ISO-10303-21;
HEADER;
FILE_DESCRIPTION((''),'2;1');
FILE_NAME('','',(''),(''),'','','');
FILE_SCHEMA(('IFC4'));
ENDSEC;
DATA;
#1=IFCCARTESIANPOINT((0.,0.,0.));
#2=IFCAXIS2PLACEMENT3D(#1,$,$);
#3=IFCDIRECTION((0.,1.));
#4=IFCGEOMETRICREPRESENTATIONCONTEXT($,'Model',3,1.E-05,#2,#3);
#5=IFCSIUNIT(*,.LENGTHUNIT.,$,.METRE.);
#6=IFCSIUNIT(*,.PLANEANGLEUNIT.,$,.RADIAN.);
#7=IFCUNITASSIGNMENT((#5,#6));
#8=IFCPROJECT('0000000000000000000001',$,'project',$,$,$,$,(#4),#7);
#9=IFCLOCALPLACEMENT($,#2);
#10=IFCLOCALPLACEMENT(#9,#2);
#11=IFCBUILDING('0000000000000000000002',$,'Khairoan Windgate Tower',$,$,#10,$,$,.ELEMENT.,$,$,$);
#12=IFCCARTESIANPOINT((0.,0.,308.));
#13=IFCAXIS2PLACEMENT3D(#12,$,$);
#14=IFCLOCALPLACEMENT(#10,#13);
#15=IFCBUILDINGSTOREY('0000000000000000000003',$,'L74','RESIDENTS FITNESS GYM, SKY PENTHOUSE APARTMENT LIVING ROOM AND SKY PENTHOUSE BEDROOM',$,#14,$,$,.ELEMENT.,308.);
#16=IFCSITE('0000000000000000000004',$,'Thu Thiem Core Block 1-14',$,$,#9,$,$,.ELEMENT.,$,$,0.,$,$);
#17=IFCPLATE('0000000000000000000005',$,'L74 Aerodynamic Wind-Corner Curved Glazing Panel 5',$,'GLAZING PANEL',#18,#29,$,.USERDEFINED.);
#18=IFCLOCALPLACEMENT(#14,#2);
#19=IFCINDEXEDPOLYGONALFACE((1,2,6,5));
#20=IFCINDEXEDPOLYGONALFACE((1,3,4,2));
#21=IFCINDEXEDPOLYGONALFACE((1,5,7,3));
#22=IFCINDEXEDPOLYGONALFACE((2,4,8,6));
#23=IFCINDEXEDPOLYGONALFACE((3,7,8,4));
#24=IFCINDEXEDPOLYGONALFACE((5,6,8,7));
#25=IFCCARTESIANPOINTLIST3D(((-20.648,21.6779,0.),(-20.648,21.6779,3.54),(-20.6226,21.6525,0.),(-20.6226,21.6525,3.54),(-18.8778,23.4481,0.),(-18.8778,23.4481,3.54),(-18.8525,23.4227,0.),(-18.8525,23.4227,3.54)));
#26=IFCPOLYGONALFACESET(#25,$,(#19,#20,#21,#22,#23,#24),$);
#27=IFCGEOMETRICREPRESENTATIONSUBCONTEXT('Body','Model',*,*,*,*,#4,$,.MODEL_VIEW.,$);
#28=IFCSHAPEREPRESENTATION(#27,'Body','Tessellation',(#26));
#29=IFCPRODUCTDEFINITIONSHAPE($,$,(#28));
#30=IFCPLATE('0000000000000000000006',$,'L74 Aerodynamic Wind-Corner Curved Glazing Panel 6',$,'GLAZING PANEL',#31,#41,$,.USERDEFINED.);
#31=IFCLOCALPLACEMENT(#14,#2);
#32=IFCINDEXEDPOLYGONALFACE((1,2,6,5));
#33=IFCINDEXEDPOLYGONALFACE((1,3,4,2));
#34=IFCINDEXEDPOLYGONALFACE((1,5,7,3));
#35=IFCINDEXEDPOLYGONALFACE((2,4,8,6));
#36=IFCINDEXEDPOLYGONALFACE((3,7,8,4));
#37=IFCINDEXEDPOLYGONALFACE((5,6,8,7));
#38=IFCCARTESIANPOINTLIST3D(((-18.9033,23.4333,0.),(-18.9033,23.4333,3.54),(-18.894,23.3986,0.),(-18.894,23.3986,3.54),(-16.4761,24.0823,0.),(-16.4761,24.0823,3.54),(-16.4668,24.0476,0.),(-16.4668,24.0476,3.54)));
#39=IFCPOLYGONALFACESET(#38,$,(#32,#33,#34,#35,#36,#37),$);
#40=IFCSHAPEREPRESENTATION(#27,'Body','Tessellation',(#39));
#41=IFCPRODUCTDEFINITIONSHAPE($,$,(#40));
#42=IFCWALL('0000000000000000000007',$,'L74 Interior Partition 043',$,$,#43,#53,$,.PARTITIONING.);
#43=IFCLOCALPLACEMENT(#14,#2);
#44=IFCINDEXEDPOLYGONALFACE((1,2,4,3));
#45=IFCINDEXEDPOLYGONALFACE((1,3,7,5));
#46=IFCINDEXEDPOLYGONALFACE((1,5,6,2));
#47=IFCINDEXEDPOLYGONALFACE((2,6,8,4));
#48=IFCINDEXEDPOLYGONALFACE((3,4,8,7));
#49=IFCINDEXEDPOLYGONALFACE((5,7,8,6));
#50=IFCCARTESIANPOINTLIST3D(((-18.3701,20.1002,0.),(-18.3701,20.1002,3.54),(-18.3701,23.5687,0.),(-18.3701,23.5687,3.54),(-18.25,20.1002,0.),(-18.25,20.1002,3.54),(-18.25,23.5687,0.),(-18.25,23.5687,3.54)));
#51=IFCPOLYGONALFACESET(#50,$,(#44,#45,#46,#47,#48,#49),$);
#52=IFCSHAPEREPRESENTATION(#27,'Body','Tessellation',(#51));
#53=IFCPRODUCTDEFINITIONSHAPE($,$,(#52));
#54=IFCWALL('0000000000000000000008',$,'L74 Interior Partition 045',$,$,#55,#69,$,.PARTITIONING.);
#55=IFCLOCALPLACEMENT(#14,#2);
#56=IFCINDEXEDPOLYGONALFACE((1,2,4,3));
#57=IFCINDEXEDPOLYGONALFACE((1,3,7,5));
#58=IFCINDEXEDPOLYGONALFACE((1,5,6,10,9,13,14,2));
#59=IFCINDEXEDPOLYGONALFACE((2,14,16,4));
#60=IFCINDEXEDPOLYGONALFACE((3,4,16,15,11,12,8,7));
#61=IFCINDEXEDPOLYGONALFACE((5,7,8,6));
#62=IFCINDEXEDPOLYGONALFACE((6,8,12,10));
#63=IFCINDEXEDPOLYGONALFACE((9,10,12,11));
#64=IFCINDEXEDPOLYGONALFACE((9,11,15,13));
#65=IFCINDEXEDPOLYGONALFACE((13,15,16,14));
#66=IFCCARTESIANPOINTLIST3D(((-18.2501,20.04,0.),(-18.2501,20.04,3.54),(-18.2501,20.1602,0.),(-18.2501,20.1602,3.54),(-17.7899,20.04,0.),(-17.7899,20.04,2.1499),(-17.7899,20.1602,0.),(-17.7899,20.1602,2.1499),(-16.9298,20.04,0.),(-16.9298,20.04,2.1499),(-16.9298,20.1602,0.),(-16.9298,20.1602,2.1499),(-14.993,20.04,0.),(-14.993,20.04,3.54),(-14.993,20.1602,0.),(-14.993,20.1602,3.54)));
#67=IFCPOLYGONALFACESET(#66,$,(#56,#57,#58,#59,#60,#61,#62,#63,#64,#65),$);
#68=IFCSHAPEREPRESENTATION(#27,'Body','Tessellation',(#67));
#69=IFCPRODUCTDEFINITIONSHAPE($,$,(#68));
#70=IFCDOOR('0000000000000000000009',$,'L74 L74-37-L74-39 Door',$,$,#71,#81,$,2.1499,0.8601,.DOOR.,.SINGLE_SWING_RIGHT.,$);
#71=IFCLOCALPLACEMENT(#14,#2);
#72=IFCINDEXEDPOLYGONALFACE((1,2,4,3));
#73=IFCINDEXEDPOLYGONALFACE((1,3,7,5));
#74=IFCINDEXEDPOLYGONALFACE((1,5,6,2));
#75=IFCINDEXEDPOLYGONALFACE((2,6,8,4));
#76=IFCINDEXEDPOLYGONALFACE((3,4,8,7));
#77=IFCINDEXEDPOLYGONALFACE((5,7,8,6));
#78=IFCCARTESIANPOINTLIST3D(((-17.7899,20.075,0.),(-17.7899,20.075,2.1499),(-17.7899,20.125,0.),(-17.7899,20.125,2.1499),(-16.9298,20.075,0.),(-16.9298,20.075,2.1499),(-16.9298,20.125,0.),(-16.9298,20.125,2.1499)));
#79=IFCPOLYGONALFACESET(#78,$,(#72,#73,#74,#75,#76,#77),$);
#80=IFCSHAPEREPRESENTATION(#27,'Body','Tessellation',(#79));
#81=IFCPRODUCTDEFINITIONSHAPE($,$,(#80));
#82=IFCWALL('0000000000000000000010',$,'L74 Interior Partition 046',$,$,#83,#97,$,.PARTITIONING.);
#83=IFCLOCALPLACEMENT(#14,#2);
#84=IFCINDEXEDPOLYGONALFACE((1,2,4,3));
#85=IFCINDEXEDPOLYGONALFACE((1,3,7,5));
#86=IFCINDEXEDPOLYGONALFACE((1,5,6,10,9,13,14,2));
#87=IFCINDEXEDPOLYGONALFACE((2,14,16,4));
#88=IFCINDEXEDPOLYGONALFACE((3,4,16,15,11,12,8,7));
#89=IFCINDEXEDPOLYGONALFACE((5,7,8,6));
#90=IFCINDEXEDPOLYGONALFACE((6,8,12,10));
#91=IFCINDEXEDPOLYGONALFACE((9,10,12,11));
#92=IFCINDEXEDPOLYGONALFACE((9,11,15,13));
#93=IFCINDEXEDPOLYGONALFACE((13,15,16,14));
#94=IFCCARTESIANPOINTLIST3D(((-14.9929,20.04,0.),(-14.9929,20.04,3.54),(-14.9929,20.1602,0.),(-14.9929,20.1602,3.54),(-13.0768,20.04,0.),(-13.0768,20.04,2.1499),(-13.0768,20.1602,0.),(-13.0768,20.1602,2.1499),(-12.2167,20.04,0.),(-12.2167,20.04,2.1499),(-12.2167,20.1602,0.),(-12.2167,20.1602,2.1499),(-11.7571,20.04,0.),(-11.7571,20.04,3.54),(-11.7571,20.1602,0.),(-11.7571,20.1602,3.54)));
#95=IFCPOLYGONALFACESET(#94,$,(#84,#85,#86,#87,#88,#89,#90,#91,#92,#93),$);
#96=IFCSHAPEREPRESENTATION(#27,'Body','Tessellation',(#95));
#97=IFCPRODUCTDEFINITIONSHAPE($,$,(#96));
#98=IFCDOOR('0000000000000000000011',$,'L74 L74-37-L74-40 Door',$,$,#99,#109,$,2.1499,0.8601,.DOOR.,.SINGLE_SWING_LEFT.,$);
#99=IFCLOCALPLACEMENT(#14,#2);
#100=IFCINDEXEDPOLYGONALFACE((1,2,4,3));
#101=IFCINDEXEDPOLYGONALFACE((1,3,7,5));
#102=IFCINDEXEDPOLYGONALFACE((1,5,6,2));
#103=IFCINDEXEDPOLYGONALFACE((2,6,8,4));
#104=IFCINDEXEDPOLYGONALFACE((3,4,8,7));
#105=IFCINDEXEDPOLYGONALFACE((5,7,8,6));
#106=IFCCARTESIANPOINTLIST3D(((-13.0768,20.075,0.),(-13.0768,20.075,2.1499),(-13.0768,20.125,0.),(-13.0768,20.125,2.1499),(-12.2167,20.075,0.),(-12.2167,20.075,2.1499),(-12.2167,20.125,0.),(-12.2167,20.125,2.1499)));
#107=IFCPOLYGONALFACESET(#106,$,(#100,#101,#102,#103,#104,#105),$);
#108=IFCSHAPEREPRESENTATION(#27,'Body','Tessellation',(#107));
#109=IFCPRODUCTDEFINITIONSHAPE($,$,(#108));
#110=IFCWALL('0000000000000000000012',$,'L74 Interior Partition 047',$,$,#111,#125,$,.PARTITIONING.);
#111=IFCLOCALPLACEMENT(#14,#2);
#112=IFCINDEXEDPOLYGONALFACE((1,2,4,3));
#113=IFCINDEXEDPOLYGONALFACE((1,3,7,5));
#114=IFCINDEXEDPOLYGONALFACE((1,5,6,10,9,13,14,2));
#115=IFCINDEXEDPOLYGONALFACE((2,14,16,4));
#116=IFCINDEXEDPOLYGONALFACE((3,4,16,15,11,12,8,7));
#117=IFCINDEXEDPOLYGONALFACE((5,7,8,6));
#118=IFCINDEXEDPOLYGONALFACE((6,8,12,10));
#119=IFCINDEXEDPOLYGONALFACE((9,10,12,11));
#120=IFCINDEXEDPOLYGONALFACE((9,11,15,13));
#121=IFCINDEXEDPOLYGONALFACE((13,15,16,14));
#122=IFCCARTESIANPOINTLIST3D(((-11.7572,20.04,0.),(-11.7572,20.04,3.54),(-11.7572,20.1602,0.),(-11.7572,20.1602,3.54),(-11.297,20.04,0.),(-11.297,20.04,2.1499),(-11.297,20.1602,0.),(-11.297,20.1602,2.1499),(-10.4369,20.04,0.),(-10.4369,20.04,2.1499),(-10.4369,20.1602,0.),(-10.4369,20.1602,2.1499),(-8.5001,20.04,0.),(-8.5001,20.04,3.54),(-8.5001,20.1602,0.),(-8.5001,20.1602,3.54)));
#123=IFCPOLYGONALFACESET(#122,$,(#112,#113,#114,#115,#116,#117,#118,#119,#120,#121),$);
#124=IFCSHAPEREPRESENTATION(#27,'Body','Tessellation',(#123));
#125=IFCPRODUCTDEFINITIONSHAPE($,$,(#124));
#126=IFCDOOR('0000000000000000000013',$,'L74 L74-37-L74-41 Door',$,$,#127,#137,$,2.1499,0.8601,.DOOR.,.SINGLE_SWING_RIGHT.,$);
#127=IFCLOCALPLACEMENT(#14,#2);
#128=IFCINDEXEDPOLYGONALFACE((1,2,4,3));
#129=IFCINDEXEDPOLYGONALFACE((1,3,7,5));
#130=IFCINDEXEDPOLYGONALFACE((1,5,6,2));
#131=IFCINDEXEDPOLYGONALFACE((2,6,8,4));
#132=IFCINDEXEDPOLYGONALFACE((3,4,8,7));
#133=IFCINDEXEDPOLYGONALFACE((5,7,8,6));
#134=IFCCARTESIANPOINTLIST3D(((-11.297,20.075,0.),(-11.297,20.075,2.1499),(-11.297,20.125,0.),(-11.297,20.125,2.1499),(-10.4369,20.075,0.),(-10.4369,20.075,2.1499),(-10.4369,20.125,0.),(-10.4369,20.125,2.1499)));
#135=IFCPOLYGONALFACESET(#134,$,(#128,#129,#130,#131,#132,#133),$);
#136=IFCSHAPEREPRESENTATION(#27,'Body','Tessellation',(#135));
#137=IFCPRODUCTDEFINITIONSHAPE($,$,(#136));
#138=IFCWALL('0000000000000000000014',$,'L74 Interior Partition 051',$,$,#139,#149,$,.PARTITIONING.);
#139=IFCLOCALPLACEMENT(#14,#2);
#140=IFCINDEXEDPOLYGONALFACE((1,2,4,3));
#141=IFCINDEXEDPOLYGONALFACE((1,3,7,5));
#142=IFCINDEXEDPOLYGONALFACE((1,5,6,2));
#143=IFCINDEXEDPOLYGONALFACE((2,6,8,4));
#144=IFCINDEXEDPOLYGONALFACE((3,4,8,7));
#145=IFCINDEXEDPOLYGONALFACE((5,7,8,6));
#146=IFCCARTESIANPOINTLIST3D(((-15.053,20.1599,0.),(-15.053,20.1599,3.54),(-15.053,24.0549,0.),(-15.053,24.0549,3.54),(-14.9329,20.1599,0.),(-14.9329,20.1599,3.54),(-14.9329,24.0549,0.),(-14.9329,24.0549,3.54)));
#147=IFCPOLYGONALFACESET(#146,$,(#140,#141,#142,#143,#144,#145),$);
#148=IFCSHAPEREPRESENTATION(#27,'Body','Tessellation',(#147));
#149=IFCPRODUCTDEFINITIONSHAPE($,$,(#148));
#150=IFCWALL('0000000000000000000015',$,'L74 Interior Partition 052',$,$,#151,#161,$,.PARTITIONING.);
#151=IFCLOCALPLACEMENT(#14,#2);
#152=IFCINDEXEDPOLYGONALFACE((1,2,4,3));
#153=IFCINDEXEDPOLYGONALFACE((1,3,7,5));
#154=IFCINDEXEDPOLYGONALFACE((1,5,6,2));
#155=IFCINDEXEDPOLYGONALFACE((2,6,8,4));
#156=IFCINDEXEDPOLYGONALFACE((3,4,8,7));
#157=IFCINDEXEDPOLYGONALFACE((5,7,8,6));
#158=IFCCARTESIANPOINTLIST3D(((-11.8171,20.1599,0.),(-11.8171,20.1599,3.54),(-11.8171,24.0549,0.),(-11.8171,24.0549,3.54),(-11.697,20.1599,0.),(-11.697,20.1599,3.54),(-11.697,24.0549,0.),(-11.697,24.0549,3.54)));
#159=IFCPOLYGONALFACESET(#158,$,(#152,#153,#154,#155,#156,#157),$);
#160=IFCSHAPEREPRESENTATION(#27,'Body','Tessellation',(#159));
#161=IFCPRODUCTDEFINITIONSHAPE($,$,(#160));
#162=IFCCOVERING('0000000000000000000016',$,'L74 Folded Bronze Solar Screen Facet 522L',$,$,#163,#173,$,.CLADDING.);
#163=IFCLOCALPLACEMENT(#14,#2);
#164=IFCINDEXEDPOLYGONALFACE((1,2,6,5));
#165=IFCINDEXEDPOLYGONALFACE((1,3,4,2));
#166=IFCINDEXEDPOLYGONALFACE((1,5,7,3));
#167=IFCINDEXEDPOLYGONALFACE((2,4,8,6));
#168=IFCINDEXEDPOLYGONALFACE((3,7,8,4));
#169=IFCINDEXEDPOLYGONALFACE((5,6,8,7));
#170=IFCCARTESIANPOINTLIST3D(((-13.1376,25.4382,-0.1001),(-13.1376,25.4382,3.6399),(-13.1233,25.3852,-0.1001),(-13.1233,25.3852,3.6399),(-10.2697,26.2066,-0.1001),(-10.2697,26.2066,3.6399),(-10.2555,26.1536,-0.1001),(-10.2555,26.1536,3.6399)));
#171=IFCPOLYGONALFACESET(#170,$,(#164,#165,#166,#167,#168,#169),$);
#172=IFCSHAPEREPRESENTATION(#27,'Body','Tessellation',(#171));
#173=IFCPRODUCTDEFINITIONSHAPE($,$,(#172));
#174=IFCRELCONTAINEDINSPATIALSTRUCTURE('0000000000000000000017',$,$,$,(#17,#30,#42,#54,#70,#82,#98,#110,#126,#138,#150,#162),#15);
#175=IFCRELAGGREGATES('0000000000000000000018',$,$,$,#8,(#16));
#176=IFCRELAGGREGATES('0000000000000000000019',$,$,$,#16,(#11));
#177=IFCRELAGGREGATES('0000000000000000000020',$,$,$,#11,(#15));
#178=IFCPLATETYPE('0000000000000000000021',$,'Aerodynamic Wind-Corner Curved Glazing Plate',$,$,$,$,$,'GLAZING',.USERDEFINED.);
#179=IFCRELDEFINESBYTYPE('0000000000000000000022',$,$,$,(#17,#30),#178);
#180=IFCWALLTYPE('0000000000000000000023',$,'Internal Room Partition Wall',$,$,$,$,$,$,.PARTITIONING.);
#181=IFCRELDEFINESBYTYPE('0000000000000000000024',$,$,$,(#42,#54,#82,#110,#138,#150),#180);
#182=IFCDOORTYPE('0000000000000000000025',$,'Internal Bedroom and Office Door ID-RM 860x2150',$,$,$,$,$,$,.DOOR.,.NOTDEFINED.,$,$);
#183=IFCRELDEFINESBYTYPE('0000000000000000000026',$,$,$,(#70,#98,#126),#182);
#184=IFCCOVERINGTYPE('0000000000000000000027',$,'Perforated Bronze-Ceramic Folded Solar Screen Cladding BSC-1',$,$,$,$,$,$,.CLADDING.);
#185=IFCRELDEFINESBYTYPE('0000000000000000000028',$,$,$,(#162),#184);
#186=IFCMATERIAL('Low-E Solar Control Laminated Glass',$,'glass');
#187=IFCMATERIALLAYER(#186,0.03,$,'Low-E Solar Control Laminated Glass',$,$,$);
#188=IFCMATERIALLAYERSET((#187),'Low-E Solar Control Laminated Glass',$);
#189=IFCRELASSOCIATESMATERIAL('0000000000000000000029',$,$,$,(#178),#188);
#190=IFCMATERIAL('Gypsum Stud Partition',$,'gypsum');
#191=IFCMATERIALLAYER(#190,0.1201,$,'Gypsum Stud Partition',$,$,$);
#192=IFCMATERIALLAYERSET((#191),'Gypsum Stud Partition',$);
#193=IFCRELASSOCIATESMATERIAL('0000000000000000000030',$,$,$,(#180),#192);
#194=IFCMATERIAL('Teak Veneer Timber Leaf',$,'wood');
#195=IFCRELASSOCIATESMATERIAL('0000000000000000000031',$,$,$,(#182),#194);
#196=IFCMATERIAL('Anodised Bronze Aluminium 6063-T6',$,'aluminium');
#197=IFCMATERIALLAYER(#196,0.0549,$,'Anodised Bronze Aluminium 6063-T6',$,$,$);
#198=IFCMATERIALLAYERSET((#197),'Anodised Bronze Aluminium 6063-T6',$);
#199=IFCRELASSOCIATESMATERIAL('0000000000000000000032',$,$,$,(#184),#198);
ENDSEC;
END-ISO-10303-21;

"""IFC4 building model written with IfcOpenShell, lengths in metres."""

from ifc_helpers import new_model, si_unit, direction, frame, frame_2d, origin, origin_2d, place, context, subcontext, project, spatial, rectangle, extrude, material, layer, layer_set, type_object, element, fill, save


model = new_model("IFC4")

# Units and contexts
model_context = context("Model", 3, precision=1e-05, world=origin(), true_north=direction((0.0, 1.0)))
body_context = subcontext(model_context, "Body", "Model", "MODEL_VIEW")
ifc_project = project(units=[si_unit("LENGTHUNIT", "METRE"), si_unit("PLANEANGLEUNIT", "RADIAN")], contexts=[model_context])

# Site, building, storey
site_placement = place(None, origin())
site = spatial("IfcSite", under=ifc_project, at=site_placement, Name="Thu Thiem Core Block 1-14", CompositionType="ELEMENT", RefElevation=0.0)
building_placement = place(site_placement, origin())
building = spatial("IfcBuilding", under=site, at=building_placement, Name="Khairoan Windgate Tower", CompositionType="ELEMENT")
storey_placement = place(building_placement, frame((0.0, 0.0, 308.0)))
storey = spatial("IfcBuildingStorey", under=building, at=storey_placement, Name="L74", Description="RESIDENTS FITNESS GYM, SKY PENTHOUSE APARTMENT LIVING ROOM AND SKY PENTHOUSE BEDROOM", CompositionType="ELEMENT", Elevation=308.0)

# Plates
ifc_material_1 = material(Name="Low-E Solar Control Laminated Glass", Category="glass")
ifc_layer_1 = layer(ifc_material_1, 0.03, Name="Low-E Solar Control Laminated Glass")
ifc_layer_set_1 = layer_set([ifc_layer_1], Name="Low-E Solar Control Laminated Glass")
plate_type_1 = type_object("IfcPlateType", Name="Aerodynamic Wind-Corner Curved Glazing Plate", ElementType="GLAZING", PredefinedType="USERDEFINED", material=ifc_layer_set_1)
plate_1_placement = place(storey_placement, frame((-19.7502, 22.5503, 0.0), z_axis=(0.0, 0.0, 1.0), x_axis=(0.707107, 0.707107, 0.0)))
element("IfcPlate", 1, at=plate_1_placement, inside=storey, type_object=plate_type_1, Name="L74 Aerodynamic Wind-Corner Curved Glazing Panel 5", ObjectType="GLAZING PANEL", PredefinedType="USERDEFINED", context=body_context, shape_type="SweptSolid", body=[
    extrude(rectangle(XDim=2.5034, YDim=0.0359, at=origin_2d()), origin(), (0.0, 0.0, 1.0), 3.54),
])
plate_2_placement = place(storey_placement, frame((-17.6851, 23.7405, 0.0), z_axis=(0.0, 0.0, 1.0), x_axis=(0.966061, 0.258313, 0.0)))
element("IfcPlate", 2, at=plate_2_placement, inside=storey, type_object=plate_type_1, Name="L74 Aerodynamic Wind-Corner Curved Glazing Panel 6", ObjectType="GLAZING PANEL", PredefinedType="USERDEFINED", context=body_context, shape_type="SweptSolid", body=[
    extrude(rectangle(XDim=2.5125, YDim=0.0359, at=origin_2d()), origin(), (0.0, 0.0, 1.0), 3.54),
])

# Wall
ifc_material_2 = material(Name="Gypsum Stud Partition", Category="gypsum")
ifc_layer_2 = layer(ifc_material_2, 0.1201, Name="Gypsum Stud Partition")
ifc_layer_set_2 = layer_set([ifc_layer_2], Name="Gypsum Stud Partition")
wall_type = type_object("IfcWallType", Name="Internal Room Partition Wall", PredefinedType="PARTITIONING", material=ifc_layer_set_2)
wall_1_placement = place(storey_placement, frame((-18.3101, 20.1001, 0.0), z_axis=(0.0, 0.0, 1.0), x_axis=(0.0, 1.0, 0.0)))
element("IfcWall", 3, at=wall_1_placement, inside=storey, type_object=wall_type, Name="L74 Interior Partition 043", PredefinedType="PARTITIONING", context=body_context, shape_type="SweptSolid", body=[
    extrude(rectangle(XDim=3.4685, YDim=0.1201, at=frame_2d((1.7344, 0.0))), origin(), (0.0, 0.0, 1.0), 3.54),
])

# Walls, openings, doors
wall_2_placement = place(storey_placement, frame((-18.25, 20.1001, 0.0), z_axis=(0.0, 0.0, 1.0), x_axis=(1.0, 0.0, 0.0)))
wall_2 = element("IfcWall", 4, at=wall_2_placement, inside=storey, type_object=wall_type, Name="L74 Interior Partition 045", PredefinedType="PARTITIONING", context=body_context, shape_type="SweptSolid", body=[
    extrude(rectangle(XDim=3.2571, YDim=0.1201, at=frame_2d((1.6284, 0.0))), origin(), (0.0, 0.0, 1.0), 3.54),
])
opening_1_placement = place(wall_2_placement, frame((0.46, 0.0, 0.0)))
opening_1 = element("IfcOpeningElement", 5, at=opening_1_placement, cuts=wall_2, PredefinedType="OPENING", context=body_context, shape_type="SweptSolid", body=[
    extrude(rectangle(XDim=0.8601, YDim=2.1499, at=frame_2d((0.4302, 1.075))), frame((0.0, 0.0701, 0.0), z_axis=(0.0, -1.0, 0.0), x_axis=(1.0, 0.0, 0.0)), (0.0, 0.0, 1.0), 0.1401),
])
ifc_material_3 = material(Name="Teak Veneer Timber Leaf", Category="wood")
door_type = type_object("IfcDoorType", Name="Internal Bedroom and Office Door ID-RM 860x2150", OperationType="NOTDEFINED", PredefinedType="DOOR", material=ifc_material_3)
door_1_placement = place(opening_1_placement, origin())
door_1 = element("IfcDoor", 6, at=door_1_placement, inside=storey, type_object=door_type, Name="L74 L74-37-L74-39 Door", OperationType="SINGLE_SWING_RIGHT", OverallHeight=2.1499, OverallWidth=0.8601, PredefinedType="DOOR", context=body_context, shape_type="SweptSolid", body=[
    extrude(rectangle(XDim=0.8601, YDim=2.1499, at=frame_2d((0.4302, 1.075))), frame((0.0, 0.0249, 0.0), z_axis=(0.0, -1.0, 0.0), x_axis=(1.0, 0.0, 0.0)), (0.0, 0.0, 1.0), 0.05),
])
fill(opening_1, door_1)
wall_3_placement = place(storey_placement, frame((-14.9929, 20.1001, 0.0), z_axis=(0.0, 0.0, 1.0), x_axis=(1.0, 0.0, 0.0)))
wall_3 = element("IfcWall", 7, at=wall_3_placement, inside=storey, type_object=wall_type, Name="L74 Interior Partition 046", PredefinedType="PARTITIONING", context=body_context, shape_type="SweptSolid", body=[
    extrude(rectangle(XDim=3.2358, YDim=0.1201, at=frame_2d((1.6179, 0.0))), origin(), (0.0, 0.0, 1.0), 3.54),
])
opening_2_placement = place(wall_3_placement, frame((1.916, 0.0, 0.0)))
opening_2 = element("IfcOpeningElement", 8, at=opening_2_placement, cuts=wall_3, PredefinedType="OPENING", context=body_context, shape_type="SweptSolid", body=[
    extrude(rectangle(XDim=0.8601, YDim=2.1499, at=frame_2d((0.4302, 1.075))), frame((0.0, 0.0701, 0.0), z_axis=(0.0, -1.0, 0.0), x_axis=(1.0, 0.0, 0.0)), (0.0, 0.0, 1.0), 0.1401),
])
door_2_placement = place(opening_2_placement, origin())
door_2 = element("IfcDoor", 9, at=door_2_placement, inside=storey, type_object=door_type, Name="L74 L74-37-L74-40 Door", OperationType="SINGLE_SWING_LEFT", OverallHeight=2.1499, OverallWidth=0.8601, PredefinedType="DOOR", context=body_context, shape_type="SweptSolid", body=[
    extrude(rectangle(XDim=0.8601, YDim=2.1499, at=frame_2d((0.4302, 1.075))), frame((0.0, 0.0249, 0.0), z_axis=(0.0, -1.0, 0.0), x_axis=(1.0, 0.0, 0.0)), (0.0, 0.0, 1.0), 0.05),
])
fill(opening_2, door_2)
wall_4_placement = place(storey_placement, frame((-11.7571, 20.1001, 0.0), z_axis=(0.0, 0.0, 1.0), x_axis=(1.0, 0.0, 0.0)))
wall_4 = element("IfcWall", 10, at=wall_4_placement, inside=storey, type_object=wall_type, Name="L74 Interior Partition 047", PredefinedType="PARTITIONING", context=body_context, shape_type="SweptSolid", body=[
    extrude(rectangle(XDim=3.2571, YDim=0.1201, at=frame_2d((1.6284, 0.0))), origin(), (0.0, 0.0, 1.0), 3.54),
])
opening_3_placement = place(wall_4_placement, frame((0.46, 0.0, 0.0)))
opening_3 = element("IfcOpeningElement", 11, at=opening_3_placement, cuts=wall_4, PredefinedType="OPENING", context=body_context, shape_type="SweptSolid", body=[
    extrude(rectangle(XDim=0.8601, YDim=2.1499, at=frame_2d((0.4302, 1.075))), frame((0.0, 0.0701, 0.0), z_axis=(0.0, -1.0, 0.0), x_axis=(1.0, 0.0, 0.0)), (0.0, 0.0, 1.0), 0.1401),
])
door_3_placement = place(opening_3_placement, origin())
door_3 = element("IfcDoor", 12, at=door_3_placement, inside=storey, type_object=door_type, Name="L74 L74-37-L74-41 Door", OperationType="SINGLE_SWING_RIGHT", OverallHeight=2.1499, OverallWidth=0.8601, PredefinedType="DOOR", context=body_context, shape_type="SweptSolid", body=[
    extrude(rectangle(XDim=0.8601, YDim=2.1499, at=frame_2d((0.4302, 1.075))), frame((0.0, 0.0249, 0.0), z_axis=(0.0, -1.0, 0.0), x_axis=(1.0, 0.0, 0.0)), (0.0, 0.0, 1.0), 0.05),
])
fill(opening_3, door_3)

# Walls
for number, where, z_axis, x_axis, name in (
    (13, (-14.9929, 20.1599, 0.0), (0.0, 0.0, 1.0), (0.0, 1.0, 0.0), "L74 Interior Partition 051"),
    (14, (-11.7571, 20.1599, 0.0), (0.0, 0.0, 1.0), (0.0, 1.0, 0.0), "L74 Interior Partition 052"),
):
    element("IfcWall", number, at=place(storey_placement, frame(where, z_axis=z_axis, x_axis=x_axis)), inside=storey, type_object=wall_type, Name=name, PredefinedType="PARTITIONING", context=body_context, shape_type="SweptSolid", body=[
        extrude(rectangle(XDim=3.895, YDim=0.1201, at=frame_2d((1.9475, 0.0))), origin(), (0.0, 0.0, 1.0), 3.54),
    ])

# Covering
ifc_material_4 = material(Name="Anodised Bronze Aluminium 6063-T6", Category="aluminium")
ifc_layer_3 = layer(ifc_material_4, 0.0549, Name="Anodised Bronze Aluminium 6063-T6")
ifc_layer_set_3 = layer_set([ifc_layer_3], Name="Anodised Bronze Aluminium 6063-T6")
covering_type = type_object("IfcCoveringType", Name="Perforated Bronze-Ceramic Folded Solar Screen Cladding BSC-1", PredefinedType="CLADDING", material=ifc_layer_set_3)
covering_placement = place(storey_placement, frame((-11.6965, 25.7959, -0.1001), z_axis=(0.0, 0.0, 1.0), x_axis=(0.965926, 0.258819, 0.0)))
element("IfcCovering", 15, at=covering_placement, inside=storey, type_object=covering_type, Name="L74 Folded Bronze Solar Screen Facet 522L", PredefinedType="CLADDING", context=body_context, shape_type="SweptSolid", body=[
    extrude(rectangle(XDim=2.969, YDim=0.0549, at=origin_2d()), origin(), (0.0, 0.0, 1.0), 3.74),
])

save(model, "model.ifc")
